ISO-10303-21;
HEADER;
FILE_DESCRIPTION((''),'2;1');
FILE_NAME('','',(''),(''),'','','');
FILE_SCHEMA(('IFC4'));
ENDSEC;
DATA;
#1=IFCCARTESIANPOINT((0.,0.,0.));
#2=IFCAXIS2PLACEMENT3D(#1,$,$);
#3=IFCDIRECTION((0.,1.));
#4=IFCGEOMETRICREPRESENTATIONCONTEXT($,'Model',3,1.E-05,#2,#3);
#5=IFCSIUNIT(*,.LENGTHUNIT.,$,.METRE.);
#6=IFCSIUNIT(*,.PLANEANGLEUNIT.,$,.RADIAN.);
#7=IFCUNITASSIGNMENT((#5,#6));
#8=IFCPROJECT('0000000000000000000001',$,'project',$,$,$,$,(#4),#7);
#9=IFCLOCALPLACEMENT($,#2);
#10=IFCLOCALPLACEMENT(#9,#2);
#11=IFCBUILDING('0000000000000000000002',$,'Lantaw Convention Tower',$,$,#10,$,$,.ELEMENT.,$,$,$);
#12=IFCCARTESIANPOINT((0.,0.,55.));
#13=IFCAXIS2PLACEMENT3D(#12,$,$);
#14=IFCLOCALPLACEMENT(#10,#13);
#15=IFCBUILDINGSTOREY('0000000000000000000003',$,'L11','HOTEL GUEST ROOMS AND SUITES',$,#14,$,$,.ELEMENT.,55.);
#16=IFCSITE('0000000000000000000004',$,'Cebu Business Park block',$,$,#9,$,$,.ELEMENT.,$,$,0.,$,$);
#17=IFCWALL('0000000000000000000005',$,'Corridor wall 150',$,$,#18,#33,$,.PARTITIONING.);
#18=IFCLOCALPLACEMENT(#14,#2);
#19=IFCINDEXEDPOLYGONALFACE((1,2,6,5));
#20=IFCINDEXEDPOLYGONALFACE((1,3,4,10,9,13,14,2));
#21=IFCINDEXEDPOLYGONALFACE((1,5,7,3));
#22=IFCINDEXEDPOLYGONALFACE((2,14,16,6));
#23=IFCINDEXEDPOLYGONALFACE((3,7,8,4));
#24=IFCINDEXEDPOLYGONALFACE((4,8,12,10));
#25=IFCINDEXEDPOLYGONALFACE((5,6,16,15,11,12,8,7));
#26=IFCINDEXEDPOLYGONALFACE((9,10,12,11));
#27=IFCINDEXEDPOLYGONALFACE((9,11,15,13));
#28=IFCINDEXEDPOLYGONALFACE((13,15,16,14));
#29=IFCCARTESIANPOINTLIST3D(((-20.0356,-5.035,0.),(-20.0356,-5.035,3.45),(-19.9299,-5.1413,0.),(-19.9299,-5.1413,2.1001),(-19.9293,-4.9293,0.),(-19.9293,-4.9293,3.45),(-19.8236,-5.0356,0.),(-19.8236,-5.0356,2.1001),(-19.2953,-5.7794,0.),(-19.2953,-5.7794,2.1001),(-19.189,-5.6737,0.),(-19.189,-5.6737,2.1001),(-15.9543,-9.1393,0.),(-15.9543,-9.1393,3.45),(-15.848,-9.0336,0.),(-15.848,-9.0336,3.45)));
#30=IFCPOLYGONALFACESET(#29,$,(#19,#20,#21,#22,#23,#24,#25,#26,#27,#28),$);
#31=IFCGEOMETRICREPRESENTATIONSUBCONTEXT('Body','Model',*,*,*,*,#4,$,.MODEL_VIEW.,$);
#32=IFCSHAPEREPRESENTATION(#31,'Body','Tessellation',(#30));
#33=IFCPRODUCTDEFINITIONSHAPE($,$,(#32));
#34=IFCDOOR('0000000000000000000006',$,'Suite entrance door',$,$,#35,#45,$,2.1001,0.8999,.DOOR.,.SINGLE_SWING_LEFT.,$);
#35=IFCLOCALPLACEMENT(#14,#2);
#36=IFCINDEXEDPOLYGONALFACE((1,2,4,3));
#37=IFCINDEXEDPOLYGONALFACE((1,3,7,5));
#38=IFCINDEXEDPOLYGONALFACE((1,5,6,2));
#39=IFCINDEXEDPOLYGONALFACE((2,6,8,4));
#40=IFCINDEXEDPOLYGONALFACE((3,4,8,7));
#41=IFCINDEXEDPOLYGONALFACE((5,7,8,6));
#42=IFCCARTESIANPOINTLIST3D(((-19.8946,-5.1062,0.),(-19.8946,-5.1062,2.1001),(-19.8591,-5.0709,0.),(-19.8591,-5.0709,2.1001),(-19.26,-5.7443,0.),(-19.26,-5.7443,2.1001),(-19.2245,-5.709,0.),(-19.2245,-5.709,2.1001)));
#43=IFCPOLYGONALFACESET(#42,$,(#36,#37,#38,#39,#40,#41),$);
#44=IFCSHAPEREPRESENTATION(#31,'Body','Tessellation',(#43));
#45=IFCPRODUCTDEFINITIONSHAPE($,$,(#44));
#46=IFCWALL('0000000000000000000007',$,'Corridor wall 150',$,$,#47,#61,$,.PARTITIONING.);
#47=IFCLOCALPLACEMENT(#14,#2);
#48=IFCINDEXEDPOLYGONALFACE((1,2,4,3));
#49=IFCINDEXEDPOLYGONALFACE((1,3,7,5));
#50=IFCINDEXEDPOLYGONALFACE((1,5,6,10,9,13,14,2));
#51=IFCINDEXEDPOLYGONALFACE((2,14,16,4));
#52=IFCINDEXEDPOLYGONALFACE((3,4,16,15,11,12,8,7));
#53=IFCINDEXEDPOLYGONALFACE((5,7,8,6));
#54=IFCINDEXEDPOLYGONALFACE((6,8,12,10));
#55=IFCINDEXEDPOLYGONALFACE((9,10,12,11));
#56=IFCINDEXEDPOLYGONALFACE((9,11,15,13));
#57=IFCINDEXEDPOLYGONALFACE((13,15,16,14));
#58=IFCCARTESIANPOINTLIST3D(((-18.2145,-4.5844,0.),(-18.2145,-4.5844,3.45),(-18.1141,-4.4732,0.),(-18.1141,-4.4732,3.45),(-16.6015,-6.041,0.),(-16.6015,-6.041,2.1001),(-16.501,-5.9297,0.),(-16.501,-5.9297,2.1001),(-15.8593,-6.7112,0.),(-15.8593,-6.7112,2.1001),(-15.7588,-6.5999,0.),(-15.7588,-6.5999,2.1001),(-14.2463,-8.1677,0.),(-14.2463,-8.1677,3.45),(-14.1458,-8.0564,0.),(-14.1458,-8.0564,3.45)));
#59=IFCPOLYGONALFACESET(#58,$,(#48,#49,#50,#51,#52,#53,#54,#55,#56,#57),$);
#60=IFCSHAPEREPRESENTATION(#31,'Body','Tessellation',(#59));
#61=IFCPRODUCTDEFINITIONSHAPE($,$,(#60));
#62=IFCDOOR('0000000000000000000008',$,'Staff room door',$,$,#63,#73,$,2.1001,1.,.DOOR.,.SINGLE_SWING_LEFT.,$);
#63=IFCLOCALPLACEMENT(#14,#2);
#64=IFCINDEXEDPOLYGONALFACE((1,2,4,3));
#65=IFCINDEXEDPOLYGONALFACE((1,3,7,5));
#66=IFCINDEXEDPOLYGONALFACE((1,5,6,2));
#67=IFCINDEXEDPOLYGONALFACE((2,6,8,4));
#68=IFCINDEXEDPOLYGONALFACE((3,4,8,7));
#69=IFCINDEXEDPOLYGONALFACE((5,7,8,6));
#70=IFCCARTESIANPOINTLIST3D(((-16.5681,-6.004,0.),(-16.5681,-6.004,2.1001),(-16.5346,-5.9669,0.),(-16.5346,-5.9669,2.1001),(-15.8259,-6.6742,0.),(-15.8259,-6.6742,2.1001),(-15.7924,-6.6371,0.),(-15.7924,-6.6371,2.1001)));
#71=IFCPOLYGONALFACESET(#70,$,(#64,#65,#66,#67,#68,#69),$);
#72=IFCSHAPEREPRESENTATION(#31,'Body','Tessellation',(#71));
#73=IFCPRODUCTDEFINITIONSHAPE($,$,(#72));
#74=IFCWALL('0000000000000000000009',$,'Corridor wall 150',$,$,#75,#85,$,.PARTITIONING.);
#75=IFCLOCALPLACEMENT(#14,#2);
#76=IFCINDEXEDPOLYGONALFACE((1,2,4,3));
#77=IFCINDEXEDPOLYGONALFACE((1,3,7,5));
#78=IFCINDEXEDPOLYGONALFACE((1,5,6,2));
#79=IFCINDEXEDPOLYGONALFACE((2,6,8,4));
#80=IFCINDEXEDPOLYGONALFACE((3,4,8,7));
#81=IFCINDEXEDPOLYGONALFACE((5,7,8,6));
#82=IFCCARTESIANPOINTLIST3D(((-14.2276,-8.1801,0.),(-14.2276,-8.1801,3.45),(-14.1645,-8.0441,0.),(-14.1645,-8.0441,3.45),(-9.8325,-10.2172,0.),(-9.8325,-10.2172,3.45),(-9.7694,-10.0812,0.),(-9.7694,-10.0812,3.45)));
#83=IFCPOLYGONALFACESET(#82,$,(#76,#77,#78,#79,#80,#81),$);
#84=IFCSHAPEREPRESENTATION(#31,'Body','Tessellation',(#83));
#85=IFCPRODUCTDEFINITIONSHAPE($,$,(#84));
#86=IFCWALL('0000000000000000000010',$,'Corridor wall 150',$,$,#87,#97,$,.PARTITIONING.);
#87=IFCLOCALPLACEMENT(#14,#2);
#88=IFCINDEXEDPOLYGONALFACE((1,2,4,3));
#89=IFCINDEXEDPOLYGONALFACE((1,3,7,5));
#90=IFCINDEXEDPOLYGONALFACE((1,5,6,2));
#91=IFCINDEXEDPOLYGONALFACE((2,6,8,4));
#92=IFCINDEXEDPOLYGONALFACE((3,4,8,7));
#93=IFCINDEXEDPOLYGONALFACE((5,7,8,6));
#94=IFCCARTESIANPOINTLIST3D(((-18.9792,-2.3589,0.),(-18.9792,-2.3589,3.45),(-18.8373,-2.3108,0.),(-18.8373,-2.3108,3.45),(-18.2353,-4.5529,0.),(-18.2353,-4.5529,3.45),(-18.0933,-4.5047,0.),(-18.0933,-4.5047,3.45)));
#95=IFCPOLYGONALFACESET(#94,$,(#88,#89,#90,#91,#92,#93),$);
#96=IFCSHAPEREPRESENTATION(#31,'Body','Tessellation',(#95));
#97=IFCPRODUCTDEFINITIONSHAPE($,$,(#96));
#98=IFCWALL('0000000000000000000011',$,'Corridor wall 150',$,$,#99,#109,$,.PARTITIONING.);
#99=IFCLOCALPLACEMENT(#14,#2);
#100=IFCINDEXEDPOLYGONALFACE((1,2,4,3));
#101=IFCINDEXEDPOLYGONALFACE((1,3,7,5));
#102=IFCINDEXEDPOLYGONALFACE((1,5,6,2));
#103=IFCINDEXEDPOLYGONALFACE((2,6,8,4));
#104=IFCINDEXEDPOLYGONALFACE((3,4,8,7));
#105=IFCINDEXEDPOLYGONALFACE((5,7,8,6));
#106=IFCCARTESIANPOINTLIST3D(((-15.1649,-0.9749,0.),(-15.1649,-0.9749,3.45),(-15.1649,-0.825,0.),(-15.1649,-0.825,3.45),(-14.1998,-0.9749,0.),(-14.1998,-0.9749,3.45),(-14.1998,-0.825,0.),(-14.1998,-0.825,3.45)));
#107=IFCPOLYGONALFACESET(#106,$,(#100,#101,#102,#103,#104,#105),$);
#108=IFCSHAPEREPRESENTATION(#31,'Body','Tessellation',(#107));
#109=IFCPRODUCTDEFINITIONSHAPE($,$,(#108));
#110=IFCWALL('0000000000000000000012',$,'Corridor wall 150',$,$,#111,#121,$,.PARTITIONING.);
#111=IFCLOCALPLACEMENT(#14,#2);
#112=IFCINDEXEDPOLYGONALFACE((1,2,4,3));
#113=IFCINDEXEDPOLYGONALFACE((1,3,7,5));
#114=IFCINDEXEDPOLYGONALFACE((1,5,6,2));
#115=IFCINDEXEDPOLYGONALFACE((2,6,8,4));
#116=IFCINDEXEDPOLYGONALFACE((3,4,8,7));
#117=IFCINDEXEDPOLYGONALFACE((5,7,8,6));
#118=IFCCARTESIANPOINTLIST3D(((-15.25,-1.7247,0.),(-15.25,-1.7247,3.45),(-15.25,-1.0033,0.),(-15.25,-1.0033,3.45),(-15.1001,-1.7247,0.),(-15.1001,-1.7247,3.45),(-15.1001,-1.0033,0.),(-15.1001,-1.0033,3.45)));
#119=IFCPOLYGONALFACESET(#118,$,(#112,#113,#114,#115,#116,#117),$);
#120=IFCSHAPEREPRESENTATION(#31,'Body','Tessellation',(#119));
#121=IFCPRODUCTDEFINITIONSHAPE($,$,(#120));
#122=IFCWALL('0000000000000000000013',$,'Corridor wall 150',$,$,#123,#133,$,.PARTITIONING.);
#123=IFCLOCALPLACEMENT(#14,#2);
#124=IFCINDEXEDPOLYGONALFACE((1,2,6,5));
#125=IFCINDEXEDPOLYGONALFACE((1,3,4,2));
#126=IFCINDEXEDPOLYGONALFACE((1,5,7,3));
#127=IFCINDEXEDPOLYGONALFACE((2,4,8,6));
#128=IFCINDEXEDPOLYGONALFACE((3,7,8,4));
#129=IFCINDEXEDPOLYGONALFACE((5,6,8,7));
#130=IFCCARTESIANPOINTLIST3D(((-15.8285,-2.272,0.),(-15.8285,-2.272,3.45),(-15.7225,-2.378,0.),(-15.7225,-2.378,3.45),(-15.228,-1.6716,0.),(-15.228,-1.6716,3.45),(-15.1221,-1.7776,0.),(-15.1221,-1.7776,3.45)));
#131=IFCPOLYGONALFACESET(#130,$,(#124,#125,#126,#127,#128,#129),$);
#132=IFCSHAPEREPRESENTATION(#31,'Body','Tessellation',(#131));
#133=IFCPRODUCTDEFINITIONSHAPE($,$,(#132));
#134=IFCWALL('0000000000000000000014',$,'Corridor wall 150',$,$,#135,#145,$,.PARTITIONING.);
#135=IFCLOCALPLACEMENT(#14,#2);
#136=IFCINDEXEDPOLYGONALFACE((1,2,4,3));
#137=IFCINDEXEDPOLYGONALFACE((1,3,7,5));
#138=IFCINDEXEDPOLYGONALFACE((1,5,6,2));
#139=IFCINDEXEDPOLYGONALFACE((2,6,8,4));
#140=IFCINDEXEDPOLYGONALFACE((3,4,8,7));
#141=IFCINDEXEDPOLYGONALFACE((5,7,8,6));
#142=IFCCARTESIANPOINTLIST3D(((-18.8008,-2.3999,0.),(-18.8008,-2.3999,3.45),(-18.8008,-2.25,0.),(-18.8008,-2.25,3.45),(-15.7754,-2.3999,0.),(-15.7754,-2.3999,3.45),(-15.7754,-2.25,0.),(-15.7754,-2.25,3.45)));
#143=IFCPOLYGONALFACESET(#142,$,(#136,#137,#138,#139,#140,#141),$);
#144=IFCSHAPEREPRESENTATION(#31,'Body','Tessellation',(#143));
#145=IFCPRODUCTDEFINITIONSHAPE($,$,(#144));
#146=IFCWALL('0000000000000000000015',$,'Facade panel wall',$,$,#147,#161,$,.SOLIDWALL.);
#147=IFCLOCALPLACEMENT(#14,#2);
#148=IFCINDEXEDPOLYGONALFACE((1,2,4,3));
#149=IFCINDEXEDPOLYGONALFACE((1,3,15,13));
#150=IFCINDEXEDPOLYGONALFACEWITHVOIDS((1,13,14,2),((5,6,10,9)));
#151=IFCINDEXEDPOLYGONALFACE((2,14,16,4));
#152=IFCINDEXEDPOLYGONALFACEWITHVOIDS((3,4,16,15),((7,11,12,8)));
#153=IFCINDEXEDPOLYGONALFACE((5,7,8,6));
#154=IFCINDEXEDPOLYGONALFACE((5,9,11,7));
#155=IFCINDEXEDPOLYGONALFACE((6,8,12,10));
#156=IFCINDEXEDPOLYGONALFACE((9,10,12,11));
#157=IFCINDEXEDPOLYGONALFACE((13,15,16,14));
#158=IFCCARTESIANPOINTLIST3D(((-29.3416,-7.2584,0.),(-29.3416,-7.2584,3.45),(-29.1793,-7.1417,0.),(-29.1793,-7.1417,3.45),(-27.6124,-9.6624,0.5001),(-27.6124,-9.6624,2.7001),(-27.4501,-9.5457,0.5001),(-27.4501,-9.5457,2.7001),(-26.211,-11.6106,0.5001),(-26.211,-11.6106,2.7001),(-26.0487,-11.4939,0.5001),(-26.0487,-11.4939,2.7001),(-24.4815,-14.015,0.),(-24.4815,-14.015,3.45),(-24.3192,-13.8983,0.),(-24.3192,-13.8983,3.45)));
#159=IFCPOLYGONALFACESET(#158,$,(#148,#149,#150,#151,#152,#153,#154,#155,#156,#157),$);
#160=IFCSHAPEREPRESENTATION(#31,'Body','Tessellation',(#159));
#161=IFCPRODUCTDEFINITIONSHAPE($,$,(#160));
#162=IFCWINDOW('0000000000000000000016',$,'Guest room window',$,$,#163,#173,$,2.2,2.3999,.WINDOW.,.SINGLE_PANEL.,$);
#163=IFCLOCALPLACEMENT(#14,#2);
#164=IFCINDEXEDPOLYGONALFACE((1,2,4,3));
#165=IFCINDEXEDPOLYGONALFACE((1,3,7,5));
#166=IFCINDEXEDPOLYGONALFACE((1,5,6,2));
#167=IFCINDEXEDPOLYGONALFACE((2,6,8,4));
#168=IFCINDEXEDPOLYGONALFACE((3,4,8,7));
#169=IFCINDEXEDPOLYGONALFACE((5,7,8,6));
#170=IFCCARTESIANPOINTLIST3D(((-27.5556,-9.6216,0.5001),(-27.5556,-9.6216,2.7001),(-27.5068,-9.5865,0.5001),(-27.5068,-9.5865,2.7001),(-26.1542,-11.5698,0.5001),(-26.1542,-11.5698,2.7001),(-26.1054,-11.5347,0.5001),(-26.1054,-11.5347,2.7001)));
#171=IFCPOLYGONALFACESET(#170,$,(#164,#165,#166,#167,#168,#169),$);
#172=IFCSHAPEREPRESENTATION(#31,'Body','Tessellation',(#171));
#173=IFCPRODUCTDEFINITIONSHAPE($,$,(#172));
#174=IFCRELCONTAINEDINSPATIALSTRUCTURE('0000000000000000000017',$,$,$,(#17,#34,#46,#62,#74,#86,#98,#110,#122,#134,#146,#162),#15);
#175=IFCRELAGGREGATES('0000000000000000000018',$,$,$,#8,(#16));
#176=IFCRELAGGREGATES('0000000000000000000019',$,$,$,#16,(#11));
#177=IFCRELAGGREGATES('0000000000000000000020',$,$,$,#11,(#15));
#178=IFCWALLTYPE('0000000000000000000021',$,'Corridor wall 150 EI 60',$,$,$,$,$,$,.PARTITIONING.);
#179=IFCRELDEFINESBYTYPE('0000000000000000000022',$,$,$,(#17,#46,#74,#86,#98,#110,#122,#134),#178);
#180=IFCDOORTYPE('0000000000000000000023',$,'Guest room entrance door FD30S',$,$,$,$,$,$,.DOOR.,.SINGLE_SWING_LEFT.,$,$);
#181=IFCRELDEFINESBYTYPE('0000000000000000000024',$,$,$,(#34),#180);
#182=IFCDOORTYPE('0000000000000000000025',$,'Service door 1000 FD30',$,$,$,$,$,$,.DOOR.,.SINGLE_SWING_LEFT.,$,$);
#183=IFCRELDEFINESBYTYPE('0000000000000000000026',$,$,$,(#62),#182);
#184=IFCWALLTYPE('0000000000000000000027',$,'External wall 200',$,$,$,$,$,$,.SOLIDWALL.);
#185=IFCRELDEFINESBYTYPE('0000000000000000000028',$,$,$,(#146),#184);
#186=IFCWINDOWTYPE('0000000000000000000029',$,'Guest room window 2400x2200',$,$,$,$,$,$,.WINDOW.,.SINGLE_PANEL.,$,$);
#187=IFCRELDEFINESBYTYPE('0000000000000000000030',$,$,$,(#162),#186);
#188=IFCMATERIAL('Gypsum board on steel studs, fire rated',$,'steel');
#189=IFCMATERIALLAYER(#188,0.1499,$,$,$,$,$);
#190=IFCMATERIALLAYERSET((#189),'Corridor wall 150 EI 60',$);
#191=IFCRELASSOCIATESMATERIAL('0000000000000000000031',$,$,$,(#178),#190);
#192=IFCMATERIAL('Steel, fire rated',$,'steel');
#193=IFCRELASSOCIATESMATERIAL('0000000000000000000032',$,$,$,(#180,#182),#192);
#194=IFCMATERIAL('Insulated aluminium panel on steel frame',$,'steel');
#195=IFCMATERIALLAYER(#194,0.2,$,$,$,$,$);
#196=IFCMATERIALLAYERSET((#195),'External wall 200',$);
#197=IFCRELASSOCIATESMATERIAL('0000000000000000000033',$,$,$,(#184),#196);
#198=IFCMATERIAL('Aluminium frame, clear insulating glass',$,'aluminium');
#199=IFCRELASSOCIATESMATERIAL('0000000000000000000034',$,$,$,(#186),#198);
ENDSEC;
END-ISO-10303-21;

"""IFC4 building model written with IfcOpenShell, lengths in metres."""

from ifc_helpers import new_model, si_unit, direction, frame, frame_2d, origin, place, context, subcontext, project, spatial, rectangle, extrude, material, layer, layer_set, type_object, element, fill, save


model = new_model("IFC4")

# Units and contexts
model_context = context("Model", 3, precision=1e-05, world=origin(), true_north=direction((0.0, 1.0)))
body_context = subcontext(model_context, "Body", "Model", "MODEL_VIEW")
ifc_project = project(units=[si_unit("LENGTHUNIT", "METRE"), si_unit("PLANEANGLEUNIT", "RADIAN")], contexts=[model_context])

# Site, building, storey
site_placement = place(None, origin())
site = spatial("IfcSite", under=ifc_project, at=site_placement, Name="Cebu Business Park block", CompositionType="ELEMENT", RefElevation=0.0)
building_placement = place(site_placement, origin())
building = spatial("IfcBuilding", under=site, at=building_placement, Name="Lantaw Convention Tower", CompositionType="ELEMENT")
storey_placement = place(building_placement, frame((0.0, 0.0, 55.0)))
storey = spatial("IfcBuildingStorey", under=building, at=storey_placement, Name="L11", Description="HOTEL GUEST ROOMS AND SUITES", CompositionType="ELEMENT", Elevation=55.0)

# Shared definitions
ifc_material_1 = material(Name="Gypsum board on steel studs, fire rated", Category="steel")
ifc_layer_1 = layer(ifc_material_1, 0.1499)
ifc_layer_set_1 = layer_set([ifc_layer_1], Name="Corridor wall 150 EI 60")
wall_type_1 = type_object("IfcWallType", Name="Corridor wall 150 EI 60", PredefinedType="PARTITIONING", material=ifc_layer_set_1)

# Walls, openings, doors
wall_1_placement = place(storey_placement, frame((-19.9824, -4.9822, 0.0), z_axis=(0.0, 0.0, 1.0), x_axis=(0.705122, -0.709086, 0.0)))
wall_1 = element("IfcWall", 1, at=wall_1_placement, inside=storey, type_object=wall_type_1, Name="Corridor wall 150", PredefinedType="PARTITIONING", context=body_context, shape_type="SweptSolid", body=[
    extrude(rectangle(XDim=5.7881, YDim=0.1499, at=frame_2d((2.894, 0.0))), origin(), (0.0, 0.0, 1.0), 3.45),
])
opening_1_placement = place(wall_1_placement, frame((0.1499, 0.0, 0.0)))
opening_1 = element("IfcOpeningElement", 2, at=opening_1_placement, cuts=wall_1, PredefinedType="OPENING", context=body_context, shape_type="SweptSolid", body=[
    extrude(rectangle(XDim=0.8999, YDim=2.1001, at=frame_2d((0.45, 1.05))), frame((0.0, 0.085, 0.0), z_axis=(0.0, -1.0, 0.0), x_axis=(1.0, 0.0, 0.0)), (0.0, 0.0, 1.0), 0.1699),
])
ifc_material_2 = material(Name="Steel, fire rated", Category="steel")
door_type_1 = type_object("IfcDoorType", Name="Guest room entrance door FD30S", OperationType="SINGLE_SWING_LEFT", PredefinedType="DOOR", material=ifc_material_2)
door_1_placement = place(opening_1_placement, origin())
door_1 = element("IfcDoor", 3, at=door_1_placement, inside=storey, type_object=door_type_1, Name="Suite entrance door", OperationType="SINGLE_SWING_LEFT", OverallHeight=2.1001, OverallWidth=0.8999, PredefinedType="DOOR", context=body_context, shape_type="SweptSolid", body=[
    extrude(rectangle(XDim=0.8999, YDim=2.1001, at=frame_2d((0.45, 1.05))), frame((0.0, 0.0249, 0.0), z_axis=(0.0, -1.0, 0.0), x_axis=(1.0, 0.0, 0.0)), (0.0, 0.0, 1.0), 0.05),
])
fill(opening_1, door_1)
wall_2_placement = place(storey_placement, frame((-18.1643, -4.5288, 0.0), z_axis=(0.0, 0.0, 1.0), x_axis=(0.742194, -0.670185, 0.0)))
wall_2 = element("IfcWall", 4, at=wall_2_placement, inside=storey, type_object=wall_type_1, Name="Corridor wall 150", PredefinedType="PARTITIONING", context=body_context, shape_type="SweptSolid", body=[
    extrude(rectangle(XDim=5.3467, YDim=0.1499, at=frame_2d((2.6733, 0.0))), origin(), (0.0, 0.0, 1.0), 3.45),
])
opening_2_placement = place(wall_2_placement, frame((2.1733, 0.0, 0.0)))
opening_2 = element("IfcOpeningElement", 5, at=opening_2_placement, cuts=wall_2, PredefinedType="OPENING", context=body_context, shape_type="SweptSolid", body=[
    extrude(rectangle(XDim=1.0, YDim=2.1001, at=frame_2d((0.5, 1.05))), frame((0.0, 0.085, 0.0), z_axis=(0.0, -1.0, 0.0), x_axis=(1.0, 0.0, 0.0)), (0.0, 0.0, 1.0), 0.1699),
])
door_type_2 = type_object("IfcDoorType", Name="Service door 1000 FD30", OperationType="SINGLE_SWING_LEFT", PredefinedType="DOOR", material=ifc_material_2)
door_2_placement = place(opening_2_placement, origin())
door_2 = element("IfcDoor", 6, at=door_2_placement, inside=storey, type_object=door_type_2, Name="Staff room door", OperationType="SINGLE_SWING_LEFT", OverallHeight=2.1001, OverallWidth=1.0, PredefinedType="DOOR", context=body_context, shape_type="SweptSolid", body=[
    extrude(rectangle(XDim=1.0, YDim=2.1001, at=frame_2d((0.5, 1.05))), frame((0.0, 0.0249, 0.0), z_axis=(0.0, -1.0, 0.0), x_axis=(1.0, 0.0, 0.0)), (0.0, 0.0, 1.0), 0.05),
])
fill(opening_2, door_2)

# Walls
wall_3_placement = place(storey_placement, frame((-14.196, -8.1121, 0.0), z_axis=(0.0, 0.0, 1.0), x_axis=(0.90728, -0.420528, 0.0)))
element("IfcWall", 7, at=wall_3_placement, inside=storey, type_object=wall_type_1, Name="Corridor wall 150", PredefinedType="PARTITIONING", context=body_context, shape_type="SweptSolid", body=[
    extrude(rectangle(XDim=4.8442, YDim=0.1499, at=frame_2d((2.4221, 0.0))), origin(), (0.0, 0.0, 1.0), 3.45),
])
wall_4_placement = place(storey_placement, frame((-18.9082, -2.335, 0.0), z_axis=(0.0, 0.0, 1.0), x_axis=(0.321124, -0.947037, 0.0)))
element("IfcWall", 8, at=wall_4_placement, inside=storey, type_object=wall_type_1, Name="Corridor wall 150", PredefinedType="PARTITIONING", context=body_context, shape_type="SweptSolid", body=[
    extrude(rectangle(XDim=2.3167, YDim=0.1499, at=frame_2d((1.1582, 0.0))), origin(), (0.0, 0.0, 1.0), 3.45),
])
wall_5_placement = place(storey_placement, frame((-14.2, -0.8999, 0.0), z_axis=(0.0, 0.0, 1.0), x_axis=(-1.0, 0.0, 0.0)))
element("IfcWall", 9, at=wall_5_placement, inside=storey, type_object=wall_type_1, Name="Corridor wall 150", PredefinedType="PARTITIONING", context=body_context, shape_type="SweptSolid", body=[
    extrude(rectangle(XDim=0.9651, YDim=0.1499, at=frame_2d((0.4824, 0.0))), origin(), (0.0, 0.0, 1.0), 3.45),
])
wall_6_placement = place(storey_placement, frame((-15.175, -1.0032, 0.0), z_axis=(0.0, 0.0, 1.0), x_axis=(0.0, -1.0, 0.0)))
element("IfcWall", 10, at=wall_6_placement, inside=storey, type_object=wall_type_1, Name="Corridor wall 150", PredefinedType="PARTITIONING", context=body_context, shape_type="SweptSolid", body=[
    extrude(rectangle(XDim=0.7214, YDim=0.1499, at=frame_2d((0.3608, 0.0))), origin(), (0.0, 0.0, 1.0), 3.45),
])
wall_7_placement = place(storey_placement, frame((-15.175, -1.7246, 0.0), z_axis=(0.0, 0.0, 1.0), x_axis=(-0.707107, -0.707107, 0.0)))
element("IfcWall", 11, at=wall_7_placement, inside=storey, type_object=wall_type_1, Name="Corridor wall 150", PredefinedType="PARTITIONING", context=body_context, shape_type="SweptSolid", body=[
    extrude(rectangle(XDim=0.8491, YDim=0.1499, at=frame_2d((0.4246, 0.0))), origin(), (0.0, 0.0, 1.0), 3.45),
])
wall_8_placement = place(storey_placement, frame((-15.7754, -2.325, 0.0), z_axis=(0.0, 0.0, 1.0), x_axis=(-1.0, 0.0, 0.0)))
element("IfcWall", 12, at=wall_8_placement, inside=storey, type_object=wall_type_1, Name="Corridor wall 150", PredefinedType="PARTITIONING", context=body_context, shape_type="SweptSolid", body=[
    extrude(rectangle(XDim=3.0254, YDim=0.1499, at=frame_2d((1.5127, 0.0))), origin(), (0.0, 0.0, 1.0), 3.45),
])

# Wall, opening, window
ifc_material_3 = material(Name="Insulated aluminium panel on steel frame", Category="steel")
ifc_layer_2 = layer(ifc_material_3, 0.2)
ifc_layer_set_2 = layer_set([ifc_layer_2], Name="External wall 200")
wall_type_2 = type_object("IfcWallType", Name="External wall 200", PredefinedType="SOLIDWALL", material=ifc_layer_set_2)
wall_9_placement = place(storey_placement, frame((-29.2605, -7.2, 0.0), z_axis=(0.0, 0.0, 1.0), x_axis=(0.583938, -0.811799, 0.0)))
wall_9 = element("IfcWall", 13, at=wall_9_placement, inside=storey, type_object=wall_type_2, Name="Facade panel wall", PredefinedType="SOLIDWALL", context=body_context, shape_type="SweptSolid", body=[
    extrude(rectangle(XDim=8.323, YDim=0.2, at=frame_2d((4.1616, 0.0))), origin(), (0.0, 0.0, 1.0), 3.45),
])
opening_3_placement = place(wall_9_placement, frame((2.9614, 0.0, 0.5)))
opening_3 = element("IfcOpeningElement", 14, at=opening_3_placement, cuts=wall_9, PredefinedType="OPENING", context=body_context, shape_type="SweptSolid", body=[
    extrude(rectangle(XDim=2.3999, YDim=2.2, at=frame_2d((1.2, 1.1001))), frame((0.0, 0.1099, 0.0), z_axis=(0.0, -1.0, 0.0), x_axis=(1.0, 0.0, 0.0)), (0.0, 0.0, 1.0), 0.22),
])
ifc_material_4 = material(Name="Aluminium frame, clear insulating glass", Category="aluminium")
window_type = type_object("IfcWindowType", Name="Guest room window 2400x2200", PartitioningType="SINGLE_PANEL", PredefinedType="WINDOW", material=ifc_material_4)
window_placement = place(opening_3_placement, origin())
window = element("IfcWindow", 15, at=window_placement, inside=storey, type_object=window_type, Name="Guest room window", OverallHeight=2.2, OverallWidth=2.3999, PartitioningType="SINGLE_PANEL", PredefinedType="WINDOW", context=body_context, shape_type="SweptSolid", body=[
    extrude(rectangle(XDim=2.3999, YDim=2.2, at=frame_2d((1.2, 1.1001))), frame((0.0, 0.03, 0.0), z_axis=(0.0, -1.0, 0.0), x_axis=(1.0, 0.0, 0.0)), (0.0, 0.0, 1.0), 0.0601),
])
fill(opening_3, window)

save(model, "model.ifc")
